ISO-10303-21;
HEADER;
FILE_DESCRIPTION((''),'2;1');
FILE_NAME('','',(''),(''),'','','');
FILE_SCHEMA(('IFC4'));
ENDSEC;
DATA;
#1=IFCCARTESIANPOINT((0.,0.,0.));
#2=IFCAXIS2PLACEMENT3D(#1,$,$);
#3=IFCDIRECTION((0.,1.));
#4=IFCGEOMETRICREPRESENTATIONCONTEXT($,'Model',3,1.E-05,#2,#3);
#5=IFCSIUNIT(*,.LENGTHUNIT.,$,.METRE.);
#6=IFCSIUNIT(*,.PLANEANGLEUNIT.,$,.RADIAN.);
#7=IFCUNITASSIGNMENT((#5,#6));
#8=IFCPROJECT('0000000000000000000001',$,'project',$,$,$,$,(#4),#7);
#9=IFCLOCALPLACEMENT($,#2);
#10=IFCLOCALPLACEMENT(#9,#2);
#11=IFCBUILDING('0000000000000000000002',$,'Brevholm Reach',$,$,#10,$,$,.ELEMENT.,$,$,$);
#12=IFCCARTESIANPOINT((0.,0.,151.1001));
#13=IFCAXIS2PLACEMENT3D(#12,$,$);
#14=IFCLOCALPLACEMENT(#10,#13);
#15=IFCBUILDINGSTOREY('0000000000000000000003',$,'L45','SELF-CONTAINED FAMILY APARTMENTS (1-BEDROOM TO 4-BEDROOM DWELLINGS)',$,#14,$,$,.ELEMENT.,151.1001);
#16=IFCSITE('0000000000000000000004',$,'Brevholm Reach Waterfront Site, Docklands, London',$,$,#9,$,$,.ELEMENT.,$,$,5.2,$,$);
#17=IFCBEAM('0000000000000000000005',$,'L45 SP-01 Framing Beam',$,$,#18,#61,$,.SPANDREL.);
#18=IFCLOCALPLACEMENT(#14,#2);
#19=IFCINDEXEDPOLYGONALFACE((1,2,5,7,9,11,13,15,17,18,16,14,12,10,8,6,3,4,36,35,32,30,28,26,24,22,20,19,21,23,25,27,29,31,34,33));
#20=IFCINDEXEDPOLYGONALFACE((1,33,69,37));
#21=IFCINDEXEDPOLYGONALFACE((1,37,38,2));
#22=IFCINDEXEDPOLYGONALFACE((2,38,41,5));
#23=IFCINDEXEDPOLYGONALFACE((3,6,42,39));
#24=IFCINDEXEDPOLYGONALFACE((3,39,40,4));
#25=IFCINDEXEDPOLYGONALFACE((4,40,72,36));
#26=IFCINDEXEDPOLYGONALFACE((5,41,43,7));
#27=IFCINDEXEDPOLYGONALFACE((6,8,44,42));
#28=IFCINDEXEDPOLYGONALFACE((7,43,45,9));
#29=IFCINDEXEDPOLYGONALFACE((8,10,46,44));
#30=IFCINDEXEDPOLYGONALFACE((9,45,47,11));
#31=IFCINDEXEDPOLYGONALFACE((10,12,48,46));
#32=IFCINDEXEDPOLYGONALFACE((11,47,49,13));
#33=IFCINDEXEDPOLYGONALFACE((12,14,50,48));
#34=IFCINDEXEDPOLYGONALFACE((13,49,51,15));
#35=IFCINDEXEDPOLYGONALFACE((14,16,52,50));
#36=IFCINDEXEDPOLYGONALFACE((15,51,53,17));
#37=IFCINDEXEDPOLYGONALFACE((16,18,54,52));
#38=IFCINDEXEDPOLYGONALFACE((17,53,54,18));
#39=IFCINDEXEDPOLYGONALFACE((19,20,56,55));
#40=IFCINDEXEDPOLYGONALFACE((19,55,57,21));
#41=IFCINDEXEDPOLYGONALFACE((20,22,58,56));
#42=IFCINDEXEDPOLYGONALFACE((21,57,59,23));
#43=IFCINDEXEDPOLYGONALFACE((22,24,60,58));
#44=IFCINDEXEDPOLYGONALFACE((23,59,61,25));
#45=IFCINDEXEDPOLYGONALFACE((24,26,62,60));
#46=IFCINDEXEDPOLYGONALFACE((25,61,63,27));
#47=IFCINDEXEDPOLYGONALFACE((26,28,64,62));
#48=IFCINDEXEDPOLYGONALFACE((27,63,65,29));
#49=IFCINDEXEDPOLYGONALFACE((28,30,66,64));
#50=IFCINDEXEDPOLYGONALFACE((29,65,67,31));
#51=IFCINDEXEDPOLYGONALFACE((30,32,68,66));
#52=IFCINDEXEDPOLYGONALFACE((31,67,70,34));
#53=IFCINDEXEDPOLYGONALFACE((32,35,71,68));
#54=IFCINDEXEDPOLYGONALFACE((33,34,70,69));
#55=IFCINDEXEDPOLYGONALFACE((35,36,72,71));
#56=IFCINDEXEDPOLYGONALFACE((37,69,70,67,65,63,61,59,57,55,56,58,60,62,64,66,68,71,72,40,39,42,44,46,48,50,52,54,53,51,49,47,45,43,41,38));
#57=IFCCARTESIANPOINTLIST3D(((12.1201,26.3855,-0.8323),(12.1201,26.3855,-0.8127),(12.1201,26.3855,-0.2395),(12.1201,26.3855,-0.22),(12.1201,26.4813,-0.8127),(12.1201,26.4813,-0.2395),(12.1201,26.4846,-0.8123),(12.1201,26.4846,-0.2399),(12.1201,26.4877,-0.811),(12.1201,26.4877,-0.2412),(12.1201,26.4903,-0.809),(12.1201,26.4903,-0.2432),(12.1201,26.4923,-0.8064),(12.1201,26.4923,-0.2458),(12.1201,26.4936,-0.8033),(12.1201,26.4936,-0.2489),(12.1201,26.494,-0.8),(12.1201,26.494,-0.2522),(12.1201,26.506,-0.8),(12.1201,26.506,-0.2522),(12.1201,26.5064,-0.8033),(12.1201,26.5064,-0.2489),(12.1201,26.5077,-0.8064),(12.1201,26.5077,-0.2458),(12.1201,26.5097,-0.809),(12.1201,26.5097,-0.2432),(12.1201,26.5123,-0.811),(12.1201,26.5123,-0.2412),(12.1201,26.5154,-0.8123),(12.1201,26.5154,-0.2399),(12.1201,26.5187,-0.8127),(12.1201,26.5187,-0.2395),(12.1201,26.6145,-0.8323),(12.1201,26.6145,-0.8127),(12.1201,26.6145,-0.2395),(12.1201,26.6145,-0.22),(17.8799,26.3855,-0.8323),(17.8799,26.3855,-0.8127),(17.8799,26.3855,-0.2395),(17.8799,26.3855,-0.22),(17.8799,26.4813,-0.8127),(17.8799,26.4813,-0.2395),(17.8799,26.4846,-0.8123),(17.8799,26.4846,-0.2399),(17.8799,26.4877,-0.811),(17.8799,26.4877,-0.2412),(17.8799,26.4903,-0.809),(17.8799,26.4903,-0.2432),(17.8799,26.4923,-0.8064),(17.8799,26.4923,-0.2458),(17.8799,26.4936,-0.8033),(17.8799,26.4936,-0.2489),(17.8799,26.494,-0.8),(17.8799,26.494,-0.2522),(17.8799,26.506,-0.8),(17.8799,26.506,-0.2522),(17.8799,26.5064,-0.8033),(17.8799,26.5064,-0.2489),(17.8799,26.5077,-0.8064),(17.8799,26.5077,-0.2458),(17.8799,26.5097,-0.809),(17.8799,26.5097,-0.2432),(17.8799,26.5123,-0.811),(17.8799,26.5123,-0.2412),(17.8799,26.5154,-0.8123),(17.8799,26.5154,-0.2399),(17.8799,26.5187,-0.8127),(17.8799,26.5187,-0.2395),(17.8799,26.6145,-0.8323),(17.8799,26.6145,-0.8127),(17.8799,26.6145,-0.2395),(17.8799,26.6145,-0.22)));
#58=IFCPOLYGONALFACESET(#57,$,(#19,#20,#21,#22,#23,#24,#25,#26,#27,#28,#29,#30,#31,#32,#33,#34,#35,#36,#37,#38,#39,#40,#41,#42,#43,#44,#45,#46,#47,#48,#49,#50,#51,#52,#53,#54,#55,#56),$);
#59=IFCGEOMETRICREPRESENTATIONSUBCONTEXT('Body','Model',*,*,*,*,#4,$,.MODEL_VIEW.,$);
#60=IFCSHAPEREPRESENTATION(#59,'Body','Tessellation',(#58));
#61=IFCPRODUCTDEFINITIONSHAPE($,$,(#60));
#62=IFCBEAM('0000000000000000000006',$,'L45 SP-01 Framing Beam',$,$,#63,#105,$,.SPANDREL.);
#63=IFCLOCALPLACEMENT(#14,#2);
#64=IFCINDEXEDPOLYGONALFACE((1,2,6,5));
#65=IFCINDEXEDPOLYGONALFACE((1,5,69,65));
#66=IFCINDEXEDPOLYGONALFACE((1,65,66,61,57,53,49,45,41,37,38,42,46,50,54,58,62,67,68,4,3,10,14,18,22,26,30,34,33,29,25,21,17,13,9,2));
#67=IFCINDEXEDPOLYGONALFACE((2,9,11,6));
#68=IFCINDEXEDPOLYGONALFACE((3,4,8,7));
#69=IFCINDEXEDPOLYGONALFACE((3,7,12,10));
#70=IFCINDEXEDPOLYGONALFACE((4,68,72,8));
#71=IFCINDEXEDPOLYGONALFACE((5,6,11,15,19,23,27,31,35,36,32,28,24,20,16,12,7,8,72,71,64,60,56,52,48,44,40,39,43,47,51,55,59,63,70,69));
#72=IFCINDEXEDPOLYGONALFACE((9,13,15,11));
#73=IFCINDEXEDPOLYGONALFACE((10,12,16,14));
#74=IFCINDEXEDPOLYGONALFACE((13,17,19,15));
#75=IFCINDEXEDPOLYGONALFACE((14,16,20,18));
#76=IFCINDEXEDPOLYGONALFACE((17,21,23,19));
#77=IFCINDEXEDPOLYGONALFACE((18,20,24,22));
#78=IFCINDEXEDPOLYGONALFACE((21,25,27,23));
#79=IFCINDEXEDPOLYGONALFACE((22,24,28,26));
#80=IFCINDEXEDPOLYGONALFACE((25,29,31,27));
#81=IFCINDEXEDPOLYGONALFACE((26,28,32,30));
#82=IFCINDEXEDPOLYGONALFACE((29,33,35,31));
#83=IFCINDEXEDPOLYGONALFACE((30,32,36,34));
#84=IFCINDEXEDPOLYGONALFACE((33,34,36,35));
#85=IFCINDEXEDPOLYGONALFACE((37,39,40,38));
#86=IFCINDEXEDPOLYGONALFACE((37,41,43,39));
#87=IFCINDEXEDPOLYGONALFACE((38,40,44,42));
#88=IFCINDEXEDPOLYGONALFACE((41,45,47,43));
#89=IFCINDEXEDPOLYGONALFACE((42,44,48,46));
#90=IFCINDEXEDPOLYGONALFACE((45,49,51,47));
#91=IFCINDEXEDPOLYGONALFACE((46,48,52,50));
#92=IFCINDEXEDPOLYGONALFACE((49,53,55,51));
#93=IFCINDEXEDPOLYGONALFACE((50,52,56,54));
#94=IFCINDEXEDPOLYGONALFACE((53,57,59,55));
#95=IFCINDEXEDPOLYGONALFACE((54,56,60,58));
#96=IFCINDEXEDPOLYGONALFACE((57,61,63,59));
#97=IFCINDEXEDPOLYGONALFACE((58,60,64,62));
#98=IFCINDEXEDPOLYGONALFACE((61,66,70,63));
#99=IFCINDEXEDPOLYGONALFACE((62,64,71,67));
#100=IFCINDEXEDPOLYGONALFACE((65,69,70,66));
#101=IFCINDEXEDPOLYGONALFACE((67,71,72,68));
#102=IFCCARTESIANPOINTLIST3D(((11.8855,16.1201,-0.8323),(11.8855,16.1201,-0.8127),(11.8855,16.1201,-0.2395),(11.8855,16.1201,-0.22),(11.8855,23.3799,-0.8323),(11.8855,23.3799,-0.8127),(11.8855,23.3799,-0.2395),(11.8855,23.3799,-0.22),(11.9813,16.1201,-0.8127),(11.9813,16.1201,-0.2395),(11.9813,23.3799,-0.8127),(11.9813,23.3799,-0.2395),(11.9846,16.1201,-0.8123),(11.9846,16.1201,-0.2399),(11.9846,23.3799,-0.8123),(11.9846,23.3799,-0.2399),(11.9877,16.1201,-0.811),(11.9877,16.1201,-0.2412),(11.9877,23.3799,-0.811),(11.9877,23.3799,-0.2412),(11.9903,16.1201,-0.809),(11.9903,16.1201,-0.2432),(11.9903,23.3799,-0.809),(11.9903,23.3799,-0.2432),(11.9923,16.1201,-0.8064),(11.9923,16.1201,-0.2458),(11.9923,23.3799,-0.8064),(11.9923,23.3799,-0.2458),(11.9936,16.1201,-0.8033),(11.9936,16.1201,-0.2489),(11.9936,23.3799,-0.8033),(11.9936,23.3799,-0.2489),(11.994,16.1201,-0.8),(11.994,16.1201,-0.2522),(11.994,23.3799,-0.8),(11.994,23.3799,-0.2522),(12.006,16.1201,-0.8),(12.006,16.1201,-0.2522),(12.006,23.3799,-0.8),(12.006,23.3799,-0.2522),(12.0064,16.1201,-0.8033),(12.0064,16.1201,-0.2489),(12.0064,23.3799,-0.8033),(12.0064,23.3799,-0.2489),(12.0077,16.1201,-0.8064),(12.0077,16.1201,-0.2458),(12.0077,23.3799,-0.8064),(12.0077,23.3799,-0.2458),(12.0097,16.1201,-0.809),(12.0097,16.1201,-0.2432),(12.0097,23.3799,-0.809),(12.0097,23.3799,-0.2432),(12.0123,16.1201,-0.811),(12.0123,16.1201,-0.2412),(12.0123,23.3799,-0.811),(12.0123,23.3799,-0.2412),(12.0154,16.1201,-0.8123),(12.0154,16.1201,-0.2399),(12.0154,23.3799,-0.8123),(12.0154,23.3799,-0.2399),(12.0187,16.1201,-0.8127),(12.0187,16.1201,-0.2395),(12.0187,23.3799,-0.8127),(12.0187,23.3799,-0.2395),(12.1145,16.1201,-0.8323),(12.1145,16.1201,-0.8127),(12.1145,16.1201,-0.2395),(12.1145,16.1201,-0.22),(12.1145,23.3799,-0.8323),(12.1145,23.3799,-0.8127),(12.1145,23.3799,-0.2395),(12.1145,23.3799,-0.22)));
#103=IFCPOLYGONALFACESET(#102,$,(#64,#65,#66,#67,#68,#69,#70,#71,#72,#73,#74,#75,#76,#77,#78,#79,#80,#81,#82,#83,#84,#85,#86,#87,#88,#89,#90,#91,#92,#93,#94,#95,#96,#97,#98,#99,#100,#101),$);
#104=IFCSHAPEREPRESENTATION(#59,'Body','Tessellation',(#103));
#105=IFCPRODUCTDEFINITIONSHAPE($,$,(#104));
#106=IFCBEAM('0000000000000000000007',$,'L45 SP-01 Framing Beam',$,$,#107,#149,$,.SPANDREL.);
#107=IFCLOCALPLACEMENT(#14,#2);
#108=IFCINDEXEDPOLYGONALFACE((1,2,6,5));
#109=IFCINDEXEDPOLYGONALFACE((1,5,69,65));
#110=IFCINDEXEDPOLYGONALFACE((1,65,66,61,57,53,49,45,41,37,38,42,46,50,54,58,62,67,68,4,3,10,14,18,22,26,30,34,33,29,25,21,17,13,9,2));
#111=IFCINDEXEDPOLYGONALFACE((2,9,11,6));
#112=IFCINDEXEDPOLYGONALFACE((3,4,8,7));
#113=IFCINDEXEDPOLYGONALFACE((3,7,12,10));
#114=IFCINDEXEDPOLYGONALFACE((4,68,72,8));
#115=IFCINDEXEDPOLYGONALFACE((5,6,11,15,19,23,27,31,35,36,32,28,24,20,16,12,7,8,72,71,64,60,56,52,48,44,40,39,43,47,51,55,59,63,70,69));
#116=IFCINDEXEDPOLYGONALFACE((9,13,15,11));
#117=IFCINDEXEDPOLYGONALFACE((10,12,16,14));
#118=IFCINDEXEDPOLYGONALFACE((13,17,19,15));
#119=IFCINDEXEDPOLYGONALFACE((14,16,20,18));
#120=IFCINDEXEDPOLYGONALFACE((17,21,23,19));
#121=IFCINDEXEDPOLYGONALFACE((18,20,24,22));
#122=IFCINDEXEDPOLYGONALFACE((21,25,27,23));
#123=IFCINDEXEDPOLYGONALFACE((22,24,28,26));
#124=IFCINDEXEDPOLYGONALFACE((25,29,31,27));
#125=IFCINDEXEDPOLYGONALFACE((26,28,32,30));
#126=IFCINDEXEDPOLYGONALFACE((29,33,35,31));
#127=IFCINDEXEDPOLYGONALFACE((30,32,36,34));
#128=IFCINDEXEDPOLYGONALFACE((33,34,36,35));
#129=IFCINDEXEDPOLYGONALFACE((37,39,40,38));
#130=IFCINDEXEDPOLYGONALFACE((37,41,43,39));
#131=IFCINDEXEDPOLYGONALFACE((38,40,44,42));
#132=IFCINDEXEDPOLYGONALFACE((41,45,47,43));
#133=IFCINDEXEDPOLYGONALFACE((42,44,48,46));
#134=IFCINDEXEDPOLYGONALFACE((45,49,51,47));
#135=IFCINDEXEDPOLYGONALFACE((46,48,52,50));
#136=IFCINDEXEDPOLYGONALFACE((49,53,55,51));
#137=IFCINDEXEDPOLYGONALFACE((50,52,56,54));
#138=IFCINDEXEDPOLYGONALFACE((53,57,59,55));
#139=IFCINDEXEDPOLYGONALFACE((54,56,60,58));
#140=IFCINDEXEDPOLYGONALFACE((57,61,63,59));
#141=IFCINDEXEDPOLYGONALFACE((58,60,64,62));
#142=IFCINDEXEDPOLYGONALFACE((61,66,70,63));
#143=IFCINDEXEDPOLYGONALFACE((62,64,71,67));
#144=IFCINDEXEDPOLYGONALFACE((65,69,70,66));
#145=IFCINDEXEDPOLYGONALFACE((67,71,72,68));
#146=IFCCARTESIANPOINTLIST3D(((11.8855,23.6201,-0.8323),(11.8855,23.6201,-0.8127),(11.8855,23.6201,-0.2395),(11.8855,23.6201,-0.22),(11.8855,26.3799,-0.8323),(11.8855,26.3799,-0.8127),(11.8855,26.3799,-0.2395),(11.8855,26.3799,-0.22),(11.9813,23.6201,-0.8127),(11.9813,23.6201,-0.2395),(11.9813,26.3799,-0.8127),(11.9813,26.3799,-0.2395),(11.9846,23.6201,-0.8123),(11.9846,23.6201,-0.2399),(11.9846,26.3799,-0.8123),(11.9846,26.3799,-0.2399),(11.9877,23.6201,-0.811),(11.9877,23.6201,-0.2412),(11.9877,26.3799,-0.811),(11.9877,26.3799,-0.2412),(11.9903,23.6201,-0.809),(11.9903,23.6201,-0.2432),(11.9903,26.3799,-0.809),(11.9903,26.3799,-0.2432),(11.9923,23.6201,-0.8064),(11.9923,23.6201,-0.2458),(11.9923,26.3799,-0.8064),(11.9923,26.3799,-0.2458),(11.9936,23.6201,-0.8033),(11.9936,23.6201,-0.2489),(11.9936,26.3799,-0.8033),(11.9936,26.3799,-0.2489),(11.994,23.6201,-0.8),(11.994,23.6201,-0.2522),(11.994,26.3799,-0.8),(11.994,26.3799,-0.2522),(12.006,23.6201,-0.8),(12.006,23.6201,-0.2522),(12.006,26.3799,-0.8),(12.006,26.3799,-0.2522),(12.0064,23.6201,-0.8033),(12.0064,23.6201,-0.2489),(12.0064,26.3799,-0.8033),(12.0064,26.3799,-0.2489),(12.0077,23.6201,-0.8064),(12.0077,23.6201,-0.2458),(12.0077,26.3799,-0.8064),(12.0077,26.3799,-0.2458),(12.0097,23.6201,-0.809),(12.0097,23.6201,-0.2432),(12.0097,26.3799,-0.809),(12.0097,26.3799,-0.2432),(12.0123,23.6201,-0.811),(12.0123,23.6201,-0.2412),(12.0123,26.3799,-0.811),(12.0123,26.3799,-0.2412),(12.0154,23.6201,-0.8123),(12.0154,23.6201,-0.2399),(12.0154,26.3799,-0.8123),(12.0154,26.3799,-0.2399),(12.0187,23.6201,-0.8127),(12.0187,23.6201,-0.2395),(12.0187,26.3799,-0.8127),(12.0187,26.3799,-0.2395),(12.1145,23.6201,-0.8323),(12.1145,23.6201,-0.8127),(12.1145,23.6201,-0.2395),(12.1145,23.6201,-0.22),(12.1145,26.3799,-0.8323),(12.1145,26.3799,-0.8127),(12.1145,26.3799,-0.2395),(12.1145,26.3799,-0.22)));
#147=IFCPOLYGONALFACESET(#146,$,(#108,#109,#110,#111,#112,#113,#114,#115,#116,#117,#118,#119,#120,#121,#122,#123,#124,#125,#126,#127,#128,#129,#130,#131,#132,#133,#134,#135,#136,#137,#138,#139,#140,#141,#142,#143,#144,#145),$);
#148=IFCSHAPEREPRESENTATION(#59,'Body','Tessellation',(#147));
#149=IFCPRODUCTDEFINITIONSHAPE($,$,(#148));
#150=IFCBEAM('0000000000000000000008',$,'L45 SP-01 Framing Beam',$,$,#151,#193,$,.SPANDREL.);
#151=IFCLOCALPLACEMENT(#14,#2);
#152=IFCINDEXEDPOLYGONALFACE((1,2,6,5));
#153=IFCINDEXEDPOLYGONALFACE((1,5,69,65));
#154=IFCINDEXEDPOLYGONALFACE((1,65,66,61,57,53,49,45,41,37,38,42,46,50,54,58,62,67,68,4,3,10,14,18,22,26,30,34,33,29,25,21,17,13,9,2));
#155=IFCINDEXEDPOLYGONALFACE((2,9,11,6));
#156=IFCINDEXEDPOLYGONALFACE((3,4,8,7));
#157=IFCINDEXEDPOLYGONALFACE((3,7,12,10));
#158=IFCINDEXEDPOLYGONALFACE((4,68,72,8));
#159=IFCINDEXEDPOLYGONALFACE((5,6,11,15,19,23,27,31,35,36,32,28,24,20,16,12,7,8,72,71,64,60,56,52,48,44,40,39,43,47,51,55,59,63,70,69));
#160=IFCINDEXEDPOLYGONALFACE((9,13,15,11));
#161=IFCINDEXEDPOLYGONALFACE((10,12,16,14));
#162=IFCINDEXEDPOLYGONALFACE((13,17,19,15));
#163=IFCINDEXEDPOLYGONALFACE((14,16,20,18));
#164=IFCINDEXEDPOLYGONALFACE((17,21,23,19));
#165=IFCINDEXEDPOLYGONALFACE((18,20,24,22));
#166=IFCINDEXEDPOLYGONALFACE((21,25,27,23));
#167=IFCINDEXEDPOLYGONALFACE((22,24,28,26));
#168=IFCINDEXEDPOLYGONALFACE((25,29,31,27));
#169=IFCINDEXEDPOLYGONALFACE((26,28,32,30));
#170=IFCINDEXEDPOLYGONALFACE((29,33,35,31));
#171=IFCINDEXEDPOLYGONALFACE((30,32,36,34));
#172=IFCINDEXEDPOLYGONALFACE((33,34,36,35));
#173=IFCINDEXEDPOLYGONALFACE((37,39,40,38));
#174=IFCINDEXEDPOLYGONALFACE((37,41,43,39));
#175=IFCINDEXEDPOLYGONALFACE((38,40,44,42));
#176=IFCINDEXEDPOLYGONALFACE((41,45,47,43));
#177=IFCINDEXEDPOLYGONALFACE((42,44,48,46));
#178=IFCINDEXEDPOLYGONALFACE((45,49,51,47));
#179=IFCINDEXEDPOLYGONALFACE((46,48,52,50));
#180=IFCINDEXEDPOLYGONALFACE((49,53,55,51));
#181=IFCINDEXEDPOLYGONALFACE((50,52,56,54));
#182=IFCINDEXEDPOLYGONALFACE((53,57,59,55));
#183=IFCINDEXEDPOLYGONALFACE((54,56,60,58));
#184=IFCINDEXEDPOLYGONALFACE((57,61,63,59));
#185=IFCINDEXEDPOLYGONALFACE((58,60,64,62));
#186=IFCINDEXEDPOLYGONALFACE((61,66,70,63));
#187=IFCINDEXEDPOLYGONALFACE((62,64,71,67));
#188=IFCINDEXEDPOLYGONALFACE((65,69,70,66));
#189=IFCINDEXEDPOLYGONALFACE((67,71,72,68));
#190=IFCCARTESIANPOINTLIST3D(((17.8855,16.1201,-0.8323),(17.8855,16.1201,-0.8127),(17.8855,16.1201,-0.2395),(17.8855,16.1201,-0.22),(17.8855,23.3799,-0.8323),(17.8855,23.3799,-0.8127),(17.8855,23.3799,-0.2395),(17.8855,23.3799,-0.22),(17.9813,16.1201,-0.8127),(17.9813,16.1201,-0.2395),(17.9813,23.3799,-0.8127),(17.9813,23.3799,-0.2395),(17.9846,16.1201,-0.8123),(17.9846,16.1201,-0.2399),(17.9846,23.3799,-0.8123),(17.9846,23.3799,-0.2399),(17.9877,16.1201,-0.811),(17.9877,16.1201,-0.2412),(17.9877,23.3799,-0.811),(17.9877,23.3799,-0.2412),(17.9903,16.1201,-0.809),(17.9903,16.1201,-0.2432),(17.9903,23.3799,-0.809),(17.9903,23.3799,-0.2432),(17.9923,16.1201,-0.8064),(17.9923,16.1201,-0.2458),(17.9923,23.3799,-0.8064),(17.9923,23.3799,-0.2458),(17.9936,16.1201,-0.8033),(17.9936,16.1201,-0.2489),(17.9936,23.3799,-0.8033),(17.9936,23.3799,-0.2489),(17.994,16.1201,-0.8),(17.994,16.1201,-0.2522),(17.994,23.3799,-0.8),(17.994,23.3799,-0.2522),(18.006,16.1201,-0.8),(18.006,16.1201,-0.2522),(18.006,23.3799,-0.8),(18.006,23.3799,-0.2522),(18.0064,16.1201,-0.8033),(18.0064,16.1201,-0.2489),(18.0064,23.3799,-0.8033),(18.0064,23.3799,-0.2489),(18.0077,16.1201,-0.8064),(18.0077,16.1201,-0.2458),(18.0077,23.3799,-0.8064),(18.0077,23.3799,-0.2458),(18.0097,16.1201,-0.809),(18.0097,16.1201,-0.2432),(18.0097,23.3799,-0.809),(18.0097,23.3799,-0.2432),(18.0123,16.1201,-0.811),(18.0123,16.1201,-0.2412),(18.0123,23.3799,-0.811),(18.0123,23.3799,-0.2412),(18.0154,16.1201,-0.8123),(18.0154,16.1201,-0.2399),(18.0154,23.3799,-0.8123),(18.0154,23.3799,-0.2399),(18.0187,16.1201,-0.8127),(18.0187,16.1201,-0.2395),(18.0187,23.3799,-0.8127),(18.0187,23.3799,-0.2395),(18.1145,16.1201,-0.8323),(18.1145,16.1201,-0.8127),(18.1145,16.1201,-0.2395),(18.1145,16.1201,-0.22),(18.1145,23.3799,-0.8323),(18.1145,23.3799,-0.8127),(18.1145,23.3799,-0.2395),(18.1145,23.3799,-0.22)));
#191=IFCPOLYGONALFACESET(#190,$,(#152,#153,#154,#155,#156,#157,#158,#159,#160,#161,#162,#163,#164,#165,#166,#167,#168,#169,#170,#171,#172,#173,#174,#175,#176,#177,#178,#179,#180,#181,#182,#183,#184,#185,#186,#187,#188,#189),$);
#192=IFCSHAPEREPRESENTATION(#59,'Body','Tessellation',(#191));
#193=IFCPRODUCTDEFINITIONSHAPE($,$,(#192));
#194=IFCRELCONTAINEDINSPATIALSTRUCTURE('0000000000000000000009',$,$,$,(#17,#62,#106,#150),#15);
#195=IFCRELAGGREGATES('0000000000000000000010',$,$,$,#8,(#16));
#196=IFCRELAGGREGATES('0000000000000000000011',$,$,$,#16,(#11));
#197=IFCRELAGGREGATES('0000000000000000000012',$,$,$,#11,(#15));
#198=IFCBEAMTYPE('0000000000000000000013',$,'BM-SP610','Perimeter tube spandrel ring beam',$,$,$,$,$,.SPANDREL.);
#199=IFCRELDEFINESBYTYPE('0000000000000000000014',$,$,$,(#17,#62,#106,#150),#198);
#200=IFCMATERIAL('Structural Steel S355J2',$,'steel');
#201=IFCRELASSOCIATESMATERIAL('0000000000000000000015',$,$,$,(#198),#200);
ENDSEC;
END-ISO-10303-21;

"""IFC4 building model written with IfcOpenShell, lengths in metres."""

from ifc_helpers import new_model, si_unit, direction, frame, origin, origin_2d, place, context, subcontext, project, spatial, i_section, extrude, material, material_profile, profile_set, type_object, element, save


model = new_model("IFC4")

# Units and contexts
model_context = context("Model", 3, precision=1e-05, world=origin(), true_north=direction((0.0, 1.0)))
body_context = subcontext(model_context, "Body", "Model", "MODEL_VIEW")
ifc_project = project(units=[si_unit("LENGTHUNIT", "METRE"), si_unit("PLANEANGLEUNIT", "RADIAN")], contexts=[model_context])

# Site, building, storey
site_placement = place(None, origin())
site = spatial("IfcSite", under=ifc_project, at=site_placement, Name="Brevholm Reach Waterfront Site, Docklands, London", CompositionType="ELEMENT", RefElevation=5.2)
building_placement = place(site_placement, origin())
building = spatial("IfcBuilding", under=site, at=building_placement, Name="Brevholm Reach", CompositionType="ELEMENT")
storey_placement = place(building_placement, frame((0.0, 0.0, 151.1001)))
storey = spatial("IfcBuildingStorey", under=building, at=storey_placement, Name="L45", Description="SELF-CONTAINED FAMILY APARTMENTS (1-BEDROOM TO 4-BEDROOM DWELLINGS)", CompositionType="ELEMENT", Elevation=151.1001)

# Beams
ifc_material_1 = material(Name="Structural Steel S355J2", Category="steel")
ifc_material_profile_1 = material_profile(ifc_material_1, i_section(OverallWidth=0.229, OverallDepth=0.6123, WebThickness=0.012, FlangeThickness=0.0195, FilletRadius=0.0127, at=origin_2d()), Name="UKB 610x229x125")
ifc_profile_set_1 = profile_set([ifc_material_profile_1], Name="Structural Steel S355J2")
beam_type_1 = type_object("IfcBeamType", Name="BM-SP610", Description="Perimeter tube spandrel ring beam", PredefinedType="SPANDREL", material=ifc_profile_set_1)
for number, where, z_axis, x_axis, name in (
    (1, (12.1201, 26.5, -0.5261), (1.0, 0.0, 0.0), (0.0, 1.0, 0.0), "L45 SP-01 Framing Beam"),
):
    element("IfcBeam", number, at=place(storey_placement, frame(where, z_axis=z_axis, x_axis=x_axis)), inside=storey, type_object=beam_type_1, Name=name, PredefinedType="SPANDREL", context=body_context, shape_type="SweptSolid", body=[
        extrude(i_section(OverallWidth=0.229, OverallDepth=0.6123, WebThickness=0.012, FlangeThickness=0.0195, FilletRadius=0.0127, at=origin_2d()), origin(), (0.0, 0.0, 1.0), 5.7598),
    ])
beam_1_placement = place(storey_placement, frame((12.0, 16.1201, -0.5261), z_axis=(0.0, 1.0, 0.0), x_axis=(-1.0, 0.0, 0.0)))
element("IfcBeam", 2, at=beam_1_placement, inside=storey, type_object=beam_type_1, Name="L45 SP-01 Framing Beam", PredefinedType="SPANDREL", context=body_context, shape_type="SweptSolid", body=[
    extrude(i_section(OverallWidth=0.229, OverallDepth=0.6123, WebThickness=0.012, FlangeThickness=0.0195, FilletRadius=0.0127, at=origin_2d()), origin(), (0.0, 0.0, 1.0), 7.2598),
])
beam_2_placement = place(storey_placement, frame((12.0, 23.6201, -0.5261), z_axis=(0.0, 1.0, 0.0), x_axis=(-1.0, 0.0, 0.0)))
element("IfcBeam", 3, at=beam_2_placement, inside=storey, type_object=beam_type_1, Name="L45 SP-01 Framing Beam", PredefinedType="SPANDREL", context=body_context, shape_type="SweptSolid", body=[
    extrude(i_section(OverallWidth=0.229, OverallDepth=0.6123, WebThickness=0.012, FlangeThickness=0.0195, FilletRadius=0.0127, at=origin_2d()), origin(), (0.0, 0.0, 1.0), 2.7598),
])
beam_3_placement = place(storey_placement, frame((18.0, 16.1201, -0.5261), z_axis=(0.0, 1.0, 0.0), x_axis=(-1.0, 0.0, 0.0)))
element("IfcBeam", 4, at=beam_3_placement, inside=storey, type_object=beam_type_1, Name="L45 SP-01 Framing Beam", PredefinedType="SPANDREL", context=body_context, shape_type="SweptSolid", body=[
    extrude(i_section(OverallWidth=0.229, OverallDepth=0.6123, WebThickness=0.012, FlangeThickness=0.0195, FilletRadius=0.0127, at=origin_2d()), origin(), (0.0, 0.0, 1.0), 7.2598),
])

save(model, "model.ifc")
